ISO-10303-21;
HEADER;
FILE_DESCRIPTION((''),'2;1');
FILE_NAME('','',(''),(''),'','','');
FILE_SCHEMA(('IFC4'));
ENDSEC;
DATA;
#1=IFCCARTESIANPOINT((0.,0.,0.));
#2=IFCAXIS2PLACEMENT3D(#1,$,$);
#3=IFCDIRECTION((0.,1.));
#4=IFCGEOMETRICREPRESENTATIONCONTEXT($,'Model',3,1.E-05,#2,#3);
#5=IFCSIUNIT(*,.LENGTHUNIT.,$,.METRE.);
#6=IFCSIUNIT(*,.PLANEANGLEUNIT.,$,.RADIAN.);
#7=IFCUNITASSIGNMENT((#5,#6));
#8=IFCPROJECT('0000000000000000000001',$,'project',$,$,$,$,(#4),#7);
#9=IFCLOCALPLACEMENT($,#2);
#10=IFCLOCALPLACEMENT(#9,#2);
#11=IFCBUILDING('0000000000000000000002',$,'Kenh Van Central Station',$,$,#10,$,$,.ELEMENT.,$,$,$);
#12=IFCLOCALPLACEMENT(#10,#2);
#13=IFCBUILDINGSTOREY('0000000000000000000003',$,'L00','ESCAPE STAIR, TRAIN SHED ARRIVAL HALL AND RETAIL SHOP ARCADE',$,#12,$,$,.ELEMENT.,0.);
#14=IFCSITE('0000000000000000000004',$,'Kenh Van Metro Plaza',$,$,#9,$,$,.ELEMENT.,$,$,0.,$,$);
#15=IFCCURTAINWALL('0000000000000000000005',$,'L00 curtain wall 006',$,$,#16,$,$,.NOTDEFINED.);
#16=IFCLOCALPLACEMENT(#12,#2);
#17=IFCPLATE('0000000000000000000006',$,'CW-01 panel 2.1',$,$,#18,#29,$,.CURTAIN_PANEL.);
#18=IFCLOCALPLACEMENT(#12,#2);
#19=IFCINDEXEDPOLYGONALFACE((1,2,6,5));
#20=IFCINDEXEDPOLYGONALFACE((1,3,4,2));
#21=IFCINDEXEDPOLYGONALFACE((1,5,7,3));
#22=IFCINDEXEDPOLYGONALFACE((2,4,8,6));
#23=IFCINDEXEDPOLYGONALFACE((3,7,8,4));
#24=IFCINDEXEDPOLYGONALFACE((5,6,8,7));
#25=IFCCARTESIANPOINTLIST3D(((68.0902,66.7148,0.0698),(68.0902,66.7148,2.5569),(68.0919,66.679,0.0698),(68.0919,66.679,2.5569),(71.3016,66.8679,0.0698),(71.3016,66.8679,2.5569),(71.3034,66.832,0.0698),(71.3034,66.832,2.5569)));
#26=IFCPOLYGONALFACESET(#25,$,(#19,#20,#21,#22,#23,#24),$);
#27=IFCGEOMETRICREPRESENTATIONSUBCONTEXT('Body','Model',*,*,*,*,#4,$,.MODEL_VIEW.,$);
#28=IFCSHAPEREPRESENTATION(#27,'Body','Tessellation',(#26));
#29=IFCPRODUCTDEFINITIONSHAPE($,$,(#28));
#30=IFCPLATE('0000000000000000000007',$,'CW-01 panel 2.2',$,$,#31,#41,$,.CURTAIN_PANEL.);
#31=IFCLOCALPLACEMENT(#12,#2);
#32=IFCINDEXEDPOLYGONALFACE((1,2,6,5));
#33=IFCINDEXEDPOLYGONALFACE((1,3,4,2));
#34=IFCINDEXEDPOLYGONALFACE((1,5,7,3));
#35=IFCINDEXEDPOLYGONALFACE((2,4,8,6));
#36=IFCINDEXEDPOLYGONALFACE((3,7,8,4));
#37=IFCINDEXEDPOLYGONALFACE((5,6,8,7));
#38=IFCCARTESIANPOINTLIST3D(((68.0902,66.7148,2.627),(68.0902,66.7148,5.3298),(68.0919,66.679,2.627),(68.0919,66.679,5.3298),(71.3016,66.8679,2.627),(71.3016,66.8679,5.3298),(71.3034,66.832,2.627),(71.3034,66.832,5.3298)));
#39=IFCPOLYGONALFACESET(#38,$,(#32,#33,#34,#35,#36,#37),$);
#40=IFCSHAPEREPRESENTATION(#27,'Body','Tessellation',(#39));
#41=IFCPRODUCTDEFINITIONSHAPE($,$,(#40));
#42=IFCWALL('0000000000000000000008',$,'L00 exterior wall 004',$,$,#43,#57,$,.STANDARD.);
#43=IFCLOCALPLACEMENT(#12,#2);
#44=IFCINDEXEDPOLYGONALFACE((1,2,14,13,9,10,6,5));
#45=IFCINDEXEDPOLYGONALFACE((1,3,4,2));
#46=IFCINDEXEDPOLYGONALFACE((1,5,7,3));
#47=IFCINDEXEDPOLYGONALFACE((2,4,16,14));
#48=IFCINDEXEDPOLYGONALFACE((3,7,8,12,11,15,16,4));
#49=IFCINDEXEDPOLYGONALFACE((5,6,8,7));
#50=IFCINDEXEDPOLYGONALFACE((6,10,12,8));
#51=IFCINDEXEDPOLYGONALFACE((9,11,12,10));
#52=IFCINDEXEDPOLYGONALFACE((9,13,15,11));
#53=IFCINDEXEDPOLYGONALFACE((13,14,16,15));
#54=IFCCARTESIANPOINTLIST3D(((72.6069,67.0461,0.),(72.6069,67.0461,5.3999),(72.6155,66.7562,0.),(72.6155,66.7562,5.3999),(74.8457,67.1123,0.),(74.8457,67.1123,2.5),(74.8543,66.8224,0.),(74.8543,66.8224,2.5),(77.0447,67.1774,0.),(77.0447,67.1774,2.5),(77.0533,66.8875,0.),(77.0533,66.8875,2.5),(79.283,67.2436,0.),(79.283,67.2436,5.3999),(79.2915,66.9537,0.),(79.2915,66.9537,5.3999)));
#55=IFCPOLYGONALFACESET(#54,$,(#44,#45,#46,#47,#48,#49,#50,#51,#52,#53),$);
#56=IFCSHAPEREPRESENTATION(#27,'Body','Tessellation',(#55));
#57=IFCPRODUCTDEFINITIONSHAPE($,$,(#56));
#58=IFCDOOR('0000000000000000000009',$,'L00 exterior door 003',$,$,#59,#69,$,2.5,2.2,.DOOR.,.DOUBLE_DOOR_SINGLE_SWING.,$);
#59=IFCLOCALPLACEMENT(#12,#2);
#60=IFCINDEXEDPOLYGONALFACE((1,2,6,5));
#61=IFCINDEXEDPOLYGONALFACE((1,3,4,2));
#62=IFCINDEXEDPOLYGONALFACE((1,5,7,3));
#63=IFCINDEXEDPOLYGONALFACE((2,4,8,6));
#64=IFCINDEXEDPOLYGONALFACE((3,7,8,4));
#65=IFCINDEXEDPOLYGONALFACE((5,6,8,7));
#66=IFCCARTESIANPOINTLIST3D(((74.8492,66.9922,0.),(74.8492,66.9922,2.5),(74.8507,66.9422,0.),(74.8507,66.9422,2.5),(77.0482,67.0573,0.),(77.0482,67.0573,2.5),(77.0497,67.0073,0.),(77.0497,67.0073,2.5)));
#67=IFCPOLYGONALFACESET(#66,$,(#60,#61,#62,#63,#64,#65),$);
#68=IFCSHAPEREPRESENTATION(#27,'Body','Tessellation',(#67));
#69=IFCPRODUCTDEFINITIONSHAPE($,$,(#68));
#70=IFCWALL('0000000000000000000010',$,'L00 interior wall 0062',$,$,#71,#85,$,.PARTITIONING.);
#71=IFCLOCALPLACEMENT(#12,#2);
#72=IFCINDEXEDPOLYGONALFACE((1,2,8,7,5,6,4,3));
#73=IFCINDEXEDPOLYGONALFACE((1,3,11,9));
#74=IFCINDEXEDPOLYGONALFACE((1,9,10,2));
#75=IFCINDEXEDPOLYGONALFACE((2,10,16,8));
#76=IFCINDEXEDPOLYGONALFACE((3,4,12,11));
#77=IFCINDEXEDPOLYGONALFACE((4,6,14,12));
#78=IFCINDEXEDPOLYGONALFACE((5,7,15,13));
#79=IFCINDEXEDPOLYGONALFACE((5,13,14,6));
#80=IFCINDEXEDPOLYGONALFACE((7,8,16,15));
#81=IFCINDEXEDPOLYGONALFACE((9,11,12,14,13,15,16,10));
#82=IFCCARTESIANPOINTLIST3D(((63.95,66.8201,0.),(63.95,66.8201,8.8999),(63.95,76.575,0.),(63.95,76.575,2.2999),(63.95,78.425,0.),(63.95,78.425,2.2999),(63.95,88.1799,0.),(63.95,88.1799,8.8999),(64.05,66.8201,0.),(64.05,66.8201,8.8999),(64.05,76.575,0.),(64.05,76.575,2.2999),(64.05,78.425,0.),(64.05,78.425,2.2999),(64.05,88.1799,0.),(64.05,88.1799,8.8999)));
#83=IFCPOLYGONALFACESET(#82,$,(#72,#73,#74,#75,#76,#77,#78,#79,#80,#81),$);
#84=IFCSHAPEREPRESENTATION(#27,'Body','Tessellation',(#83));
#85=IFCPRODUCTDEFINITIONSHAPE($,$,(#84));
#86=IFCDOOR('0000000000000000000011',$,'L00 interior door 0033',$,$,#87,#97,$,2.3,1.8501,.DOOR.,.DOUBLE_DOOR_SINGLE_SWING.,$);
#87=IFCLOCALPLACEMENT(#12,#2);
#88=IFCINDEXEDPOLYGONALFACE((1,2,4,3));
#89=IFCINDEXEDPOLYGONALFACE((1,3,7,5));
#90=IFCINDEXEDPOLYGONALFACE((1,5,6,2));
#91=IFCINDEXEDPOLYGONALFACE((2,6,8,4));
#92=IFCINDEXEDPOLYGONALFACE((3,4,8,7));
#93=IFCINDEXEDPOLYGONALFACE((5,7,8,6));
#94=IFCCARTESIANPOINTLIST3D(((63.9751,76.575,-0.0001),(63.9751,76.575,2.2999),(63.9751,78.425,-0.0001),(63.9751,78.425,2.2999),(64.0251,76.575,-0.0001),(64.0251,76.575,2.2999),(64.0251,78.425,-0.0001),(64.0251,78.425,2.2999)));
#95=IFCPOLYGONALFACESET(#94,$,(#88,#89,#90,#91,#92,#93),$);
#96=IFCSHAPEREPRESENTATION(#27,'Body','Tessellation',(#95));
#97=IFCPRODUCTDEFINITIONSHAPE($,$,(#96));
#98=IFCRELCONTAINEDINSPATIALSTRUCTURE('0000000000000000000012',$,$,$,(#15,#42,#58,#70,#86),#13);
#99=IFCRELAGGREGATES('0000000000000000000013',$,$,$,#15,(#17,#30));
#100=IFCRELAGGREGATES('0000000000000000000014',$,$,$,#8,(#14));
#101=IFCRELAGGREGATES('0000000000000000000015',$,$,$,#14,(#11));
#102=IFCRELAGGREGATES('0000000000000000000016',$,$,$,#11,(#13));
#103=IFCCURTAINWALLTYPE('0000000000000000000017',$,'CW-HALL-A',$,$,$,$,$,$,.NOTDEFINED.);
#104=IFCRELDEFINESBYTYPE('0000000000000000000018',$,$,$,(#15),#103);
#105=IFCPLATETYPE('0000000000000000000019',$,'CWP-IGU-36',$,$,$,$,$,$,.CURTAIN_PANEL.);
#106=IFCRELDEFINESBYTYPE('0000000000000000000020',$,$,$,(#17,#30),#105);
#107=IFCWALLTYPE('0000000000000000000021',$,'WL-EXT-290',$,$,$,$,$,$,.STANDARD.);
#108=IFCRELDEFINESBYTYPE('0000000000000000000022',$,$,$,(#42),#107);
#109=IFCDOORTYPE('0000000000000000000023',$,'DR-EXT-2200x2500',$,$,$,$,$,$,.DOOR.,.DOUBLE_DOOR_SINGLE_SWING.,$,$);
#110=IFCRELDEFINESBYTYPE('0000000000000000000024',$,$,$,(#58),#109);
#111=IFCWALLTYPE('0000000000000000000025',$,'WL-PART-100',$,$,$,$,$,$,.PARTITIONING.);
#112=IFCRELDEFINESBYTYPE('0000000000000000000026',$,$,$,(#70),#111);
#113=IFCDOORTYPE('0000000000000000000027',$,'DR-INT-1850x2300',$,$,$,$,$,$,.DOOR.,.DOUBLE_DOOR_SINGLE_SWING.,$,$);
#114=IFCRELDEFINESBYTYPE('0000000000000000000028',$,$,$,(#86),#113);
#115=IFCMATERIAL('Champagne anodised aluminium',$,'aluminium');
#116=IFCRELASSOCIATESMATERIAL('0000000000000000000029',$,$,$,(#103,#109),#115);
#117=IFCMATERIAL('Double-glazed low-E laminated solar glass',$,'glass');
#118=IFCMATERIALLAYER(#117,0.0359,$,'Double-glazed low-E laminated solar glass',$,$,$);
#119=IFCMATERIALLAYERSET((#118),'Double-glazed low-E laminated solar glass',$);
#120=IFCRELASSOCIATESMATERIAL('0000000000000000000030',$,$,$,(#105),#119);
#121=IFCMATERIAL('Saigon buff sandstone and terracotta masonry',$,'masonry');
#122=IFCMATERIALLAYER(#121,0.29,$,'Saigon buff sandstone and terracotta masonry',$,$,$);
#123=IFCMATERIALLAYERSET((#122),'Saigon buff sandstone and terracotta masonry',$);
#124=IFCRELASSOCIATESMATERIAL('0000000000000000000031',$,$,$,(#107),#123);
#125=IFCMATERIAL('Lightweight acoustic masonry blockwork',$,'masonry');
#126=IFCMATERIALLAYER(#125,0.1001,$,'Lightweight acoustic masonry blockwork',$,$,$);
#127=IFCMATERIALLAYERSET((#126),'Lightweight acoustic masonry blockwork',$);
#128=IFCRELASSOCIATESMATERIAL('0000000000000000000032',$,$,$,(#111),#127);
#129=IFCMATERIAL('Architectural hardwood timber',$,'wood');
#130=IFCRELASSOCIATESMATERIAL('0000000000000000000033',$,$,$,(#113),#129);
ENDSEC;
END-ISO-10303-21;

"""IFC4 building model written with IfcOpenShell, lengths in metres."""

from ifc_helpers import new_model, si_unit, direction, frame, frame_2d, origin, origin_2d, place, context, subcontext, project, spatial, rectangle, extrude, material, layer, layer_set, type_object, element, fill, aggregate, save


model = new_model("IFC4")

# Units and contexts
model_context = context("Model", 3, precision=1e-05, world=origin(), true_north=direction((0.0, 1.0)))
body_context = subcontext(model_context, "Body", "Model", "MODEL_VIEW")
ifc_project = project(units=[si_unit("LENGTHUNIT", "METRE"), si_unit("PLANEANGLEUNIT", "RADIAN")], contexts=[model_context])

# Site, building, storey
site_placement = place(None, origin())
site = spatial("IfcSite", under=ifc_project, at=site_placement, Name="Kenh Van Metro Plaza", CompositionType="ELEMENT", RefElevation=0.0)
building_placement = place(site_placement, origin())
building = spatial("IfcBuilding", under=site, at=building_placement, Name="Kenh Van Central Station", CompositionType="ELEMENT")
storey_placement = place(building_placement, origin())
storey = spatial("IfcBuildingStorey", under=building, at=storey_placement, Name="L00", Description="ESCAPE STAIR, TRAIN SHED ARRIVAL HALL AND RETAIL SHOP ARCADE", CompositionType="ELEMENT", Elevation=0.0)

# Curtain wall
ifc_material_1 = material(Name="Champagne anodised aluminium", Category="aluminium")
curtain_wall_type = type_object("IfcCurtainWallType", Name="CW-HALL-A", PredefinedType="NOTDEFINED", material=ifc_material_1)
curtain_wall_1_placement = place(storey_placement, origin())
curtain_wall_1 = element("IfcCurtainWall", 1, at=curtain_wall_1_placement, inside=storey, type_object=curtain_wall_type, Name="L00 curtain wall 006", PredefinedType="NOTDEFINED")

# Plates
ifc_material_2 = material(Name="Double-glazed low-E laminated solar glass", Category="glass")
ifc_layer_1 = layer(ifc_material_2, 0.0359, Name="Double-glazed low-E laminated solar glass")
ifc_layer_set_1 = layer_set([ifc_layer_1], Name="Double-glazed low-E laminated solar glass")
plate_type = type_object("IfcPlateType", Name="CWP-IGU-36", PredefinedType="CURTAIN_PANEL", material=ifc_layer_set_1)
plate_1_placement = place(storey_placement, frame((69.6968, 66.7734, 0.0698), z_axis=(0.0, 0.0, 1.0), x_axis=(0.998866, 0.047601, 0.0)))
plate_1 = element("IfcPlate", 2, at=plate_1_placement, type_object=plate_type, Name="CW-01 panel 2.1", PredefinedType="CURTAIN_PANEL", context=body_context, shape_type="SweptSolid", body=[
    extrude(rectangle(XDim=3.2151, YDim=0.0359, at=origin_2d()), origin(), (0.0, 0.0, 1.0), 2.4871),
])
plate_2_placement = place(storey_placement, frame((69.6968, 66.7734, 2.627), z_axis=(0.0, 0.0, 1.0), x_axis=(0.998866, 0.047601, 0.0)))
plate_2 = element("IfcPlate", 3, at=plate_2_placement, type_object=plate_type, Name="CW-01 panel 2.2", PredefinedType="CURTAIN_PANEL", context=body_context, shape_type="SweptSolid", body=[
    extrude(rectangle(XDim=3.2151, YDim=0.0359, at=origin_2d()), origin(), (0.0, 0.0, 1.0), 2.7029),
])
aggregate(curtain_wall_1, [plate_1, plate_2])

# Walls, openings, doors
ifc_material_3 = material(Name="Saigon buff sandstone and terracotta masonry", Category="masonry")
ifc_layer_2 = layer(ifc_material_3, 0.29, Name="Saigon buff sandstone and terracotta masonry")
ifc_layer_set_2 = layer_set([ifc_layer_2], Name="Saigon buff sandstone and terracotta masonry")
wall_type_1 = type_object("IfcWallType", Name="WL-EXT-290", PredefinedType="STANDARD", material=ifc_layer_set_2)
wall_1_placement = place(storey_placement, frame((72.6113, 66.9011, 0.0), z_axis=(0.0, 0.0, 1.0), x_axis=(0.999563, 0.029572, 0.0)))
wall_1 = element("IfcWall", 4, at=wall_1_placement, inside=storey, type_object=wall_type_1, Name="L00 exterior wall 004", PredefinedType="STANDARD", context=body_context, shape_type="SweptSolid", body=[
    extrude(rectangle(XDim=6.679, YDim=0.29, at=frame_2d((3.3394, 0.0))), origin(), (0.0, 0.0, 1.0), 5.3999),
])
opening_1_placement = place(wall_1_placement, frame((2.2395, 0.0, 0.0)))
opening_1 = element("IfcOpeningElement", 5, at=opening_1_placement, cuts=wall_1, PredefinedType="OPENING", context=body_context, shape_type="SweptSolid", body=[
    extrude(rectangle(XDim=2.2, YDim=2.5, at=frame_2d((1.1001, 1.25))), frame((0.0, 0.155, 0.0), z_axis=(0.0, -1.0, 0.0), x_axis=(1.0, 0.0, 0.0)), (0.0, 0.0, 1.0), 0.3101),
])
door_type_1 = type_object("IfcDoorType", Name="DR-EXT-2200x2500", OperationType="DOUBLE_DOOR_SINGLE_SWING", PredefinedType="DOOR", material=ifc_material_1)
door_1_placement = place(opening_1_placement, origin())
door_1 = element("IfcDoor", 6, at=door_1_placement, inside=storey, type_object=door_type_1, Name="L00 exterior door 003", OperationType="DOUBLE_DOOR_SINGLE_SWING", OverallHeight=2.5, OverallWidth=2.2, PredefinedType="DOOR", context=body_context, shape_type="SweptSolid", body=[
    extrude(rectangle(XDim=2.2, YDim=2.5, at=frame_2d((1.1001, 1.25))), frame((0.0, 0.0249, 0.0), z_axis=(0.0, -1.0, 0.0), x_axis=(1.0, 0.0, 0.0)), (0.0, 0.0, 1.0), 0.05),
])
fill(opening_1, door_1)
ifc_material_4 = material(Name="Lightweight acoustic masonry blockwork", Category="masonry")
ifc_layer_3 = layer(ifc_material_4, 0.1001, Name="Lightweight acoustic masonry blockwork")
ifc_layer_set_3 = layer_set([ifc_layer_3], Name="Lightweight acoustic masonry blockwork")
wall_type_2 = type_object("IfcWallType", Name="WL-PART-100", PredefinedType="PARTITIONING", material=ifc_layer_set_3)
wall_2_placement = place(storey_placement, frame((64.0, 66.8201, 0.0), z_axis=(0.0, 0.0, 1.0), x_axis=(0.0, 1.0, 0.0)))
wall_2 = element("IfcWall", 7, at=wall_2_placement, inside=storey, type_object=wall_type_2, Name="L00 interior wall 0062", PredefinedType="PARTITIONING", context=body_context, shape_type="SweptSolid", body=[
    extrude(rectangle(XDim=21.3599, YDim=0.1001, at=frame_2d((10.6799, 0.0))), origin(), (0.0, 0.0, 1.0), 8.8999),
])
opening_2_placement = place(wall_2_placement, frame((9.7549, 0.0, 0.0)))
opening_2 = element("IfcOpeningElement", 8, at=opening_2_placement, cuts=wall_2, PredefinedType="OPENING", context=body_context, shape_type="SweptSolid", body=[
    extrude(rectangle(XDim=1.8501, YDim=2.3, at=frame_2d((0.925, 1.1499))), frame((0.0, 0.0601, 0.0), z_axis=(0.0, -1.0, 0.0), x_axis=(1.0, 0.0, 0.0)), (0.0, 0.0, 1.0), 0.1201),
])
ifc_material_5 = material(Name="Architectural hardwood timber", Category="wood")
door_type_2 = type_object("IfcDoorType", Name="DR-INT-1850x2300", OperationType="DOUBLE_DOOR_SINGLE_SWING", PredefinedType="DOOR", material=ifc_material_5)
door_2_placement = place(opening_2_placement, origin())
door_2 = element("IfcDoor", 9, at=door_2_placement, inside=storey, type_object=door_type_2, Name="L00 interior door 0033", OperationType="DOUBLE_DOOR_SINGLE_SWING", OverallHeight=2.3, OverallWidth=1.8501, PredefinedType="DOOR", context=body_context, shape_type="SweptSolid", body=[
    extrude(rectangle(XDim=1.8501, YDim=2.3, at=frame_2d((0.925, 1.1499))), frame((0.0, 0.0249, 0.0), z_axis=(0.0, -1.0, 0.0), x_axis=(1.0, 0.0, 0.0)), (0.0, 0.0, 1.0), 0.05),
])
fill(opening_2, door_2)

save(model, "model.ifc")
